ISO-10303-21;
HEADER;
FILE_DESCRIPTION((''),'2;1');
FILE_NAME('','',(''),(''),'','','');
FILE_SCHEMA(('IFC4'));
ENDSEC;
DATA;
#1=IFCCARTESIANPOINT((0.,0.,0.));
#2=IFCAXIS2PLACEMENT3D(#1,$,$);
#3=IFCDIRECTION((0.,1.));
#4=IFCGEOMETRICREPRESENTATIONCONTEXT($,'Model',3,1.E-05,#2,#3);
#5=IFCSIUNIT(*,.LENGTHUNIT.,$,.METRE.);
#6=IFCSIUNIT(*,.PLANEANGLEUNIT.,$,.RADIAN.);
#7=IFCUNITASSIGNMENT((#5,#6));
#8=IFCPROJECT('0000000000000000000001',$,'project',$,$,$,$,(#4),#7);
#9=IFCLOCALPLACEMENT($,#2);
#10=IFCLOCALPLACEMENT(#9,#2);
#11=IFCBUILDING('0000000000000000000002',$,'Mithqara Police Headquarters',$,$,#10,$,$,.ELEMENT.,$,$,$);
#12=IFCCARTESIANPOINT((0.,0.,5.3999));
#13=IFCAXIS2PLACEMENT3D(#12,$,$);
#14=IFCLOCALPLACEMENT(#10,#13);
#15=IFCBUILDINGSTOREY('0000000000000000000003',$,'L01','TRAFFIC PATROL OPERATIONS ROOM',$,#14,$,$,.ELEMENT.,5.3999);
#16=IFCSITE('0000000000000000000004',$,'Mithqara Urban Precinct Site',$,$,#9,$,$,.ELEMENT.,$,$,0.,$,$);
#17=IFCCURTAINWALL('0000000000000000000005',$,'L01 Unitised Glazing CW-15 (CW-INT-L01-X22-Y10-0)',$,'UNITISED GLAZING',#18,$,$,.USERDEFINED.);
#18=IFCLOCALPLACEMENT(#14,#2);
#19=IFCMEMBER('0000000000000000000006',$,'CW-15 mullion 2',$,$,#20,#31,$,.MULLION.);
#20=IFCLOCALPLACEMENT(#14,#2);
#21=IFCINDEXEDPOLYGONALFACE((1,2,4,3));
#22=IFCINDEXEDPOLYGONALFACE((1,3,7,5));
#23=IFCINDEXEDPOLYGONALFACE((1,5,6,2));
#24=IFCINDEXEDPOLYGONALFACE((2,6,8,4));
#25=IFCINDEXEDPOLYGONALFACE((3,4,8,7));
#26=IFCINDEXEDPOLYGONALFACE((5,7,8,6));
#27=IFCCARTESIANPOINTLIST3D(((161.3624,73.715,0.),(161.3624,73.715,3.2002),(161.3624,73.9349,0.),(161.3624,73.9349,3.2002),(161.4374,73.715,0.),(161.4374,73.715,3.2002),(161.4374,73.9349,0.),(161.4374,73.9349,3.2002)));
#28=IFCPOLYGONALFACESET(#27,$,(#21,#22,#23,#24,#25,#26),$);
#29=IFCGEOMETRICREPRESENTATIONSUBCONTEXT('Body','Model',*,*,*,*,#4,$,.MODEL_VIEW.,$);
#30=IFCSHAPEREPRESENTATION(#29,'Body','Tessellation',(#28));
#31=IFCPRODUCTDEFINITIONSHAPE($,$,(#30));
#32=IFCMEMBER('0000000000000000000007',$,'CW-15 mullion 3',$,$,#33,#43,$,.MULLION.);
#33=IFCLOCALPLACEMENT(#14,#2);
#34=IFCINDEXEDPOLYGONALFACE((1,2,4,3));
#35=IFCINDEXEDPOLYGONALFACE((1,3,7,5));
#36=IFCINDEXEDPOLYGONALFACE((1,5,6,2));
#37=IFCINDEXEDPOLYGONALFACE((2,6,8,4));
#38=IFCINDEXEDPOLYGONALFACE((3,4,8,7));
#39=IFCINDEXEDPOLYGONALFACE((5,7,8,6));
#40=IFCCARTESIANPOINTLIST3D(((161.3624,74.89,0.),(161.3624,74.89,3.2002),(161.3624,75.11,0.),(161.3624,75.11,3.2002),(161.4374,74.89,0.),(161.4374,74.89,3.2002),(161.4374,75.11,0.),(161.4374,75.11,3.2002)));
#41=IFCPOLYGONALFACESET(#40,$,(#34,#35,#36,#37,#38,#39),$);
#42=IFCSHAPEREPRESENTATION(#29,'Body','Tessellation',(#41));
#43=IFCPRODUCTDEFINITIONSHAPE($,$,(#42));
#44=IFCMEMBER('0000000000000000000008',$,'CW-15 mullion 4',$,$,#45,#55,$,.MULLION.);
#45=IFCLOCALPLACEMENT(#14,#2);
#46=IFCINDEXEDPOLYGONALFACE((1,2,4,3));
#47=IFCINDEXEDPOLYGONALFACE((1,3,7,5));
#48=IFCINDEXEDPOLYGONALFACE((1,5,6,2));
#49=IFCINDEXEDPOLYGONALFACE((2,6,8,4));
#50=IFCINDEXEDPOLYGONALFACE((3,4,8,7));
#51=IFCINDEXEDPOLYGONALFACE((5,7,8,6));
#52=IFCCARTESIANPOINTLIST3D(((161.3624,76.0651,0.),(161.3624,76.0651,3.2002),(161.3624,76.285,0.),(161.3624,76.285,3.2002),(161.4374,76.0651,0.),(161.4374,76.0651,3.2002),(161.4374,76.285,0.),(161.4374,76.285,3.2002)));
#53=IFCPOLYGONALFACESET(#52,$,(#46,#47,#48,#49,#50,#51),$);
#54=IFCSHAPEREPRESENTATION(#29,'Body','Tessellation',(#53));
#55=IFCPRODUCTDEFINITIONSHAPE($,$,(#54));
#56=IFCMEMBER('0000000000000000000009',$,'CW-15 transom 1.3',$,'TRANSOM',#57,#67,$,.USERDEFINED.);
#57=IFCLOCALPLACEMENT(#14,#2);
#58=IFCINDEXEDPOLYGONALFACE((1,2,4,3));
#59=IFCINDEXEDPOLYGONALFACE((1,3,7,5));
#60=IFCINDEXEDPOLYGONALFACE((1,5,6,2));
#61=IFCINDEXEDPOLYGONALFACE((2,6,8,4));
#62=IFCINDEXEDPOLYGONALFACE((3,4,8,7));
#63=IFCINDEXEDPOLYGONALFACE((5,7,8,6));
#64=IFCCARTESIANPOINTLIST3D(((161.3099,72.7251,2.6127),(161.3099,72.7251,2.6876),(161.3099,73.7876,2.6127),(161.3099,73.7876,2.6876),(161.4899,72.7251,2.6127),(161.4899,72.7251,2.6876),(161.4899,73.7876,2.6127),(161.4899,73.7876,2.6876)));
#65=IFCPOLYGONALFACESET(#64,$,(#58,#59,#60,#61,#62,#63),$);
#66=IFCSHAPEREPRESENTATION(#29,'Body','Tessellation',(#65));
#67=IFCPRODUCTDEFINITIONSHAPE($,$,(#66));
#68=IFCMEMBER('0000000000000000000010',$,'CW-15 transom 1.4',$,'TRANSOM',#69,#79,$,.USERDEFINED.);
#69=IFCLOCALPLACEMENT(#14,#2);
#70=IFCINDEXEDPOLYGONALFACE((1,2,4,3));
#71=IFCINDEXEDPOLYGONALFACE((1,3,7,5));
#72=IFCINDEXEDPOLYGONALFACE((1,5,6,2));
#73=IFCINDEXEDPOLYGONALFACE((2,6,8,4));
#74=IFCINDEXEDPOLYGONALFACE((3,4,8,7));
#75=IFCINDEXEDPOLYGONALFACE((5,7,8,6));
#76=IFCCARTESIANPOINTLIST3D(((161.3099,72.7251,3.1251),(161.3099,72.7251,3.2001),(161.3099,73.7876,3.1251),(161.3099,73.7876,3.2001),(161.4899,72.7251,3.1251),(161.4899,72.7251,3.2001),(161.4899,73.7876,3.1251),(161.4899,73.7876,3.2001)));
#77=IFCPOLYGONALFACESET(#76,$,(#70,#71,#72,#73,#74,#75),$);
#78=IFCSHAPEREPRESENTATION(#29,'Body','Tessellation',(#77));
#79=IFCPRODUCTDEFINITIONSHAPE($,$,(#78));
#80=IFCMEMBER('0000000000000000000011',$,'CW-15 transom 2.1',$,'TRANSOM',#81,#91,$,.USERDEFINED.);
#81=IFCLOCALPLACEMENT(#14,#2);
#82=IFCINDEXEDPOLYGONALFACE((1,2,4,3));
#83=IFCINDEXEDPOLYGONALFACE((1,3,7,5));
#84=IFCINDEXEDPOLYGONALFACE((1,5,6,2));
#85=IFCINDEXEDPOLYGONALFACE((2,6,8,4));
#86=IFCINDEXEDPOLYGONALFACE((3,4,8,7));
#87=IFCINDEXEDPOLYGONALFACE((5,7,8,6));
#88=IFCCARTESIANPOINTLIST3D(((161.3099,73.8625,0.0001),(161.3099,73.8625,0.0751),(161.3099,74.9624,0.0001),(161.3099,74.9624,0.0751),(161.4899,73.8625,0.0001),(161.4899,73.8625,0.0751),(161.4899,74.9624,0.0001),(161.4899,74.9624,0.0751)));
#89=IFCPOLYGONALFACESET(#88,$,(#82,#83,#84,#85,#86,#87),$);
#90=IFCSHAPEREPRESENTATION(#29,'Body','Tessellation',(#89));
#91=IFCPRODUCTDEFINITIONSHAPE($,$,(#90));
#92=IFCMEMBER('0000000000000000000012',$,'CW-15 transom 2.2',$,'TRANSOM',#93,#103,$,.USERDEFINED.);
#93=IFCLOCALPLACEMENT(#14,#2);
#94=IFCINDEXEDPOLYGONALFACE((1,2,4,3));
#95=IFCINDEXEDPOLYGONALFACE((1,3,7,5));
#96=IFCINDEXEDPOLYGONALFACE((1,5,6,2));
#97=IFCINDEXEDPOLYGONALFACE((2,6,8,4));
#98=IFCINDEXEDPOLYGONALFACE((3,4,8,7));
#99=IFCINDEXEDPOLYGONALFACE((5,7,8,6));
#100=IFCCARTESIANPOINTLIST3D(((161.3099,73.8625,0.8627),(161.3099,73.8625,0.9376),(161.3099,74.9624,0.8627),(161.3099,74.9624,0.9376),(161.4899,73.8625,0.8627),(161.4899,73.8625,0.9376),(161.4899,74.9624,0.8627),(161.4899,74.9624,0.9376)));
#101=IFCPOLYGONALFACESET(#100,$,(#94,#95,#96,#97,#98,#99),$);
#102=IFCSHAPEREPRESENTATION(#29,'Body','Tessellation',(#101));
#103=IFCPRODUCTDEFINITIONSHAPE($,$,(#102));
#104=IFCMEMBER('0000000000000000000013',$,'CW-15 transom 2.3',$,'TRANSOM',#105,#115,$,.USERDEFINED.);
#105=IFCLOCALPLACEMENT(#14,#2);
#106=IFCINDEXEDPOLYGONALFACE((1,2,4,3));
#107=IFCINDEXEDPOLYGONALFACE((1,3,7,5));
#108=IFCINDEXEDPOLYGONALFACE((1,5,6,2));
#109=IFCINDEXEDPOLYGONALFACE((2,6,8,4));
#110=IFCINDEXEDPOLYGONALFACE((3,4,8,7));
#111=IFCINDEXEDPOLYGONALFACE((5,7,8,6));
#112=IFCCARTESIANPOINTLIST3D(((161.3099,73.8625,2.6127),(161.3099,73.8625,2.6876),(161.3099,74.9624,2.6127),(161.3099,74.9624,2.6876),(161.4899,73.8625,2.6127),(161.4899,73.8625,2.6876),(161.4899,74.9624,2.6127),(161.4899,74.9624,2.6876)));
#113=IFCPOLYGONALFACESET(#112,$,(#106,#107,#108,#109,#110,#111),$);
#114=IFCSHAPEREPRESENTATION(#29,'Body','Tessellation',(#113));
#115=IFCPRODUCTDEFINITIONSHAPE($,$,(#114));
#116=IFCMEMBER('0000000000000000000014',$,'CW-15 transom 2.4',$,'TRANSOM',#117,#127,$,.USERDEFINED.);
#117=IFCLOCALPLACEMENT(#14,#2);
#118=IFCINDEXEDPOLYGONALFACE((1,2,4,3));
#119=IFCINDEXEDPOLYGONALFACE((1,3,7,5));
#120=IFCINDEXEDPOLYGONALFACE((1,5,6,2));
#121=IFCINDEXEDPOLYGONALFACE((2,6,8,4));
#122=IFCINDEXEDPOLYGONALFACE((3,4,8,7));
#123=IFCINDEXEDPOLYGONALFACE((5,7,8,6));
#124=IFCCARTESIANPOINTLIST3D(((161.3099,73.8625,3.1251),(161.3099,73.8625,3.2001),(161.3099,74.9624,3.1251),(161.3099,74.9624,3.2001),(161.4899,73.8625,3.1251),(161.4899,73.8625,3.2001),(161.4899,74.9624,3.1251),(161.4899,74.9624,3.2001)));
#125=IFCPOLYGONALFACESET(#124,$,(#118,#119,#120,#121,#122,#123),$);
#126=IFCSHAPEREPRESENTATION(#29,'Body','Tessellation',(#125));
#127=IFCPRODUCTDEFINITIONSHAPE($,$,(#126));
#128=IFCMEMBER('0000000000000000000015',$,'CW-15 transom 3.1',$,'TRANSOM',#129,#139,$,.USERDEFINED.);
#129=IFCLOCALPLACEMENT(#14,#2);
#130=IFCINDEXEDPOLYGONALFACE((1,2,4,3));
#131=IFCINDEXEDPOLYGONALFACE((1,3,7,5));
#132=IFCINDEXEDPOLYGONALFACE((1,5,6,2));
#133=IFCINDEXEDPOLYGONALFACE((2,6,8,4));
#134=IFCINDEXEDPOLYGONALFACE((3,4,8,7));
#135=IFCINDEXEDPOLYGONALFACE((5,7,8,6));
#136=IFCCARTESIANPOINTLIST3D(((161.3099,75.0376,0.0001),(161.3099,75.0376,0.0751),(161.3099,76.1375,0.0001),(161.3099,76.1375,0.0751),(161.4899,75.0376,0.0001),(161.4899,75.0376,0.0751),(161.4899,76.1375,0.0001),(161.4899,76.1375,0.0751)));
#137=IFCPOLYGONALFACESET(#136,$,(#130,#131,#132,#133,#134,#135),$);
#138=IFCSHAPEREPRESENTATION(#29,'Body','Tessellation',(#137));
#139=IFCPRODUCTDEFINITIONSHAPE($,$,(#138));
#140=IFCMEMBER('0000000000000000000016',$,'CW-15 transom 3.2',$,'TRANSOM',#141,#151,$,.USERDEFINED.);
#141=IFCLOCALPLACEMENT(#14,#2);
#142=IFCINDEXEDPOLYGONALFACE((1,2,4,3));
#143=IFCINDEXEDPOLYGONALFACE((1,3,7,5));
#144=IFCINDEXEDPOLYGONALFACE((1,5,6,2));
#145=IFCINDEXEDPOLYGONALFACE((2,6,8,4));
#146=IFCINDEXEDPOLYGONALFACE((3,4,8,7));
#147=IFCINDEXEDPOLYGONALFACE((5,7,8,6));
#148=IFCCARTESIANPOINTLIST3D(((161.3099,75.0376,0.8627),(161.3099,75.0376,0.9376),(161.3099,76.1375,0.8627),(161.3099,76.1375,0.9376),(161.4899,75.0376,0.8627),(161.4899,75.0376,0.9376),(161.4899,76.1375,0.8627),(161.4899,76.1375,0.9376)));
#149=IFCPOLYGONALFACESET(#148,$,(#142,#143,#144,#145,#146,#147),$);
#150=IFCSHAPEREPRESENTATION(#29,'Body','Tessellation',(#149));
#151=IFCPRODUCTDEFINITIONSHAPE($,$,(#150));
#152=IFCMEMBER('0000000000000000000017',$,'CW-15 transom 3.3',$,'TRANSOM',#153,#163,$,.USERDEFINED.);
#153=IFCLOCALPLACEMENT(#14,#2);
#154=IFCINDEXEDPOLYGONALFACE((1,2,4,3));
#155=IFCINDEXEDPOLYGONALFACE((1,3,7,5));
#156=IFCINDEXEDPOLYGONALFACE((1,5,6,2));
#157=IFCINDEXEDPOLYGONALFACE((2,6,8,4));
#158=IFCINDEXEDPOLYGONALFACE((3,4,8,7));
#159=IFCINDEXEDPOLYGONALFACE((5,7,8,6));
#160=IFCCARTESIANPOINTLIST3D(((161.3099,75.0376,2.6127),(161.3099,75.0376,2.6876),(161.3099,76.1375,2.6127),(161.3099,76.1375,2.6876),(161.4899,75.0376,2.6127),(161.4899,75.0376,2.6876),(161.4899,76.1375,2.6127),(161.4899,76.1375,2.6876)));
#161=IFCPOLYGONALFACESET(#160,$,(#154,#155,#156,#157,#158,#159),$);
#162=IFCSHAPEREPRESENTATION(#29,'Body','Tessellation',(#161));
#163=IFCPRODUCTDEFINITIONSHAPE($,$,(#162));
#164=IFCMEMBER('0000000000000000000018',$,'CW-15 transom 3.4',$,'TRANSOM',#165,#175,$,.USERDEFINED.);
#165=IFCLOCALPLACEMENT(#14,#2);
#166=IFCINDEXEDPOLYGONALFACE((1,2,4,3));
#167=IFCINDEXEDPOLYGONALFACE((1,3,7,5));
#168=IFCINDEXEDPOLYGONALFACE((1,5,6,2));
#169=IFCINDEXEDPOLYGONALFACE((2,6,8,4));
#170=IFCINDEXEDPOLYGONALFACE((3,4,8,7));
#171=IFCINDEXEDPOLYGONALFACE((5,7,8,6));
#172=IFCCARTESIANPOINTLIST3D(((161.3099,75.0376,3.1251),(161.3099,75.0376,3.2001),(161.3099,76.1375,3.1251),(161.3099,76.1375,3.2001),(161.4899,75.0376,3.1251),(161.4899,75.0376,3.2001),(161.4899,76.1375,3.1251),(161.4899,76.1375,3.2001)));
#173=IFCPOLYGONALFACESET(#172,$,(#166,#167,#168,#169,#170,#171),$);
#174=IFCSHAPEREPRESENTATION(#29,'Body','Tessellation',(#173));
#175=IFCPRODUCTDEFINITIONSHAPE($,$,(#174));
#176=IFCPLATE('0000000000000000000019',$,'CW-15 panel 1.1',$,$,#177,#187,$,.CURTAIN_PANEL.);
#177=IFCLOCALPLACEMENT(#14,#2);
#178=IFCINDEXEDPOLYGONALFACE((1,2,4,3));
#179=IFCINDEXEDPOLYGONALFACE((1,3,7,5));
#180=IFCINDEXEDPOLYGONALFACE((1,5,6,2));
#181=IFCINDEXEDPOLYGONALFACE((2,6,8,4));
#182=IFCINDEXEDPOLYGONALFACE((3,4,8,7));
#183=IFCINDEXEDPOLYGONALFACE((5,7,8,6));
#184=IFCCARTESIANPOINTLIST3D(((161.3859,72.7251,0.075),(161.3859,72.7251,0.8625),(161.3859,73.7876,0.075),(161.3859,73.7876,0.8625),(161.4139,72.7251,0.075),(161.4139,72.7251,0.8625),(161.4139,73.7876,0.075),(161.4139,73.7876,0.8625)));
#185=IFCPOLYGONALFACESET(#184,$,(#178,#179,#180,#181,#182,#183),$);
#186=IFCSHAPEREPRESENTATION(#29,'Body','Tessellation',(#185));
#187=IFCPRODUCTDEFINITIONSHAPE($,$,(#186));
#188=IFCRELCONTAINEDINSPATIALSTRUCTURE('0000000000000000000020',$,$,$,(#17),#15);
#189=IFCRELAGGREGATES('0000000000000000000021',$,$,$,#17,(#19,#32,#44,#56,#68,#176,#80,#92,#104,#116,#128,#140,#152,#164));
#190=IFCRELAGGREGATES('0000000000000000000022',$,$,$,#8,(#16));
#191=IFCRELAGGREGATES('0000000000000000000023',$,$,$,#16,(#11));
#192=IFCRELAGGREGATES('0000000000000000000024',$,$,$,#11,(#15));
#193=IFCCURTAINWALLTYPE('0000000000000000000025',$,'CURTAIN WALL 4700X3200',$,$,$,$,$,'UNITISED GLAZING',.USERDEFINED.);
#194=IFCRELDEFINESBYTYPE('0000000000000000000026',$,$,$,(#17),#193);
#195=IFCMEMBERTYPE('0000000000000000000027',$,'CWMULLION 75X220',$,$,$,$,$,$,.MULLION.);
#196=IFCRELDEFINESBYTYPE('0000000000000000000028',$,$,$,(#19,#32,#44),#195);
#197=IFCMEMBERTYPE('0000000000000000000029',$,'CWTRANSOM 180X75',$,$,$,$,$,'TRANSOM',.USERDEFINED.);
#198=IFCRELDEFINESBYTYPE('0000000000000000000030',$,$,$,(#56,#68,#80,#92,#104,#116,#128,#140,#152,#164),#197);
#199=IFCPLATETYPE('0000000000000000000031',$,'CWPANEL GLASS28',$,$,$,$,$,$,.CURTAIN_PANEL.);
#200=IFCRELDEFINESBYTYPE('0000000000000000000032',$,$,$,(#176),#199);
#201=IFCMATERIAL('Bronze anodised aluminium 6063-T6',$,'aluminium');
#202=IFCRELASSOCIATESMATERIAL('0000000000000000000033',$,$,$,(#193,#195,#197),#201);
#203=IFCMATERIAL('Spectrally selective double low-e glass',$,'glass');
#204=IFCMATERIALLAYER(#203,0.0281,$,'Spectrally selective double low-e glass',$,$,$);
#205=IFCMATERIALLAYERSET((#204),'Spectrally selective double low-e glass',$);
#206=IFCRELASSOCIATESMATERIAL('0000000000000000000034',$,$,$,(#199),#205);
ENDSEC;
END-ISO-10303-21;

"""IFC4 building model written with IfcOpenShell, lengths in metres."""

from ifc_helpers import new_model, si_unit, direction, frame, origin, origin_2d, place, context, subcontext, project, spatial, rectangle, extrude, material, layer, layer_set, material_profile, profile_set, type_object, element, aggregate, save


model = new_model("IFC4")

# Units and contexts
model_context = context("Model", 3, precision=1e-05, world=origin(), true_north=direction((0.0, 1.0)))
body_context = subcontext(model_context, "Body", "Model", "MODEL_VIEW")
ifc_project = project(units=[si_unit("LENGTHUNIT", "METRE"), si_unit("PLANEANGLEUNIT", "RADIAN")], contexts=[model_context])

# Site, building, storey
site_placement = place(None, origin())
site = spatial("IfcSite", under=ifc_project, at=site_placement, Name="Mithqara Urban Precinct Site", CompositionType="ELEMENT", RefElevation=0.0)
building_placement = place(site_placement, origin())
building = spatial("IfcBuilding", under=site, at=building_placement, Name="Mithqara Police Headquarters", CompositionType="ELEMENT")
storey_placement = place(building_placement, frame((0.0, 0.0, 5.3999)))
storey = spatial("IfcBuildingStorey", under=building, at=storey_placement, Name="L01", Description="TRAFFIC PATROL OPERATIONS ROOM", CompositionType="ELEMENT", Elevation=5.3999)

# Curtain wall, members, plate
ifc_material_1 = material(Name="Bronze anodised aluminium 6063-T6", Category="aluminium")
curtain_wall_type = type_object("IfcCurtainWallType", Name="CURTAIN WALL 4700X3200", ElementType="UNITISED GLAZING", PredefinedType="USERDEFINED", material=ifc_material_1)
curtain_wall_placement = place(storey_placement, origin())
curtain_wall = element("IfcCurtainWall", 1, at=curtain_wall_placement, inside=storey, type_object=curtain_wall_type, Name="L01 Unitised Glazing CW-15 (CW-INT-L01-X22-Y10-0)", ObjectType="UNITISED GLAZING", PredefinedType="USERDEFINED")
ifc_material_profile_1 = material_profile(ifc_material_1, rectangle(XDim=0.075, YDim=0.22, at=origin_2d()), Name="CWM 75x220")
ifc_profile_set_1 = profile_set([ifc_material_profile_1], Name="Bronze anodised aluminium 6063-T6")
member_type_1 = type_object("IfcMemberType", Name="CWMULLION 75X220", PredefinedType="MULLION", material=ifc_profile_set_1)
member_1_placement = place(storey_placement, frame((161.3999, 73.825, 0.0), z_axis=(0.0, 0.0, 1.0), x_axis=(-1.0, 0.0, 0.0)))
member_1 = element("IfcMember", 2, at=member_1_placement, type_object=member_type_1, Name="CW-15 mullion 2", PredefinedType="MULLION", context=body_context, shape_type="SweptSolid", body=[
    extrude(rectangle(XDim=0.075, YDim=0.22, at=origin_2d()), origin(), (0.0, 0.0, 1.0), 3.2002),
])
member_2_placement = place(storey_placement, frame((161.3999, 75.0, 0.0), z_axis=(0.0, 0.0, 1.0), x_axis=(-1.0, 0.0, 0.0)))
member_2 = element("IfcMember", 3, at=member_2_placement, type_object=member_type_1, Name="CW-15 mullion 3", PredefinedType="MULLION", context=body_context, shape_type="SweptSolid", body=[
    extrude(rectangle(XDim=0.075, YDim=0.22, at=origin_2d()), origin(), (0.0, 0.0, 1.0), 3.2002),
])
member_3_placement = place(storey_placement, frame((161.3999, 76.175, 0.0), z_axis=(0.0, 0.0, 1.0), x_axis=(-1.0, 0.0, 0.0)))
member_3 = element("IfcMember", 4, at=member_3_placement, type_object=member_type_1, Name="CW-15 mullion 4", PredefinedType="MULLION", context=body_context, shape_type="SweptSolid", body=[
    extrude(rectangle(XDim=0.075, YDim=0.22, at=origin_2d()), origin(), (0.0, 0.0, 1.0), 3.2002),
])
ifc_material_profile_2 = material_profile(ifc_material_1, rectangle(XDim=0.1799, YDim=0.075, at=origin_2d()), Name="CWT 180x75")
ifc_profile_set_2 = profile_set([ifc_material_profile_2], Name="Bronze anodised aluminium 6063-T6")
member_type_2 = type_object("IfcMemberType", Name="CWTRANSOM 180X75", ElementType="TRANSOM", PredefinedType="USERDEFINED", material=ifc_profile_set_2)
member_4_placement = place(storey_placement, frame((161.3999, 72.7251, 2.6501), z_axis=(0.0, 1.0, 0.0), x_axis=(-1.0, 0.0, 0.0)))
member_4 = element("IfcMember", 5, at=member_4_placement, type_object=member_type_2, Name="CW-15 transom 1.3", ObjectType="TRANSOM", PredefinedType="USERDEFINED", context=body_context, shape_type="SweptSolid", body=[
    extrude(rectangle(XDim=0.1799, YDim=0.075, at=origin_2d()), origin(), (0.0, 0.0, 1.0), 1.0625),
])
member_5_placement = place(storey_placement, frame((161.3999, 72.7251, 3.1626), z_axis=(0.0, 1.0, 0.0), x_axis=(-1.0, 0.0, 0.0)))
member_5 = element("IfcMember", 6, at=member_5_placement, type_object=member_type_2, Name="CW-15 transom 1.4", ObjectType="TRANSOM", PredefinedType="USERDEFINED", context=body_context, shape_type="SweptSolid", body=[
    extrude(rectangle(XDim=0.1799, YDim=0.075, at=origin_2d()), origin(), (0.0, 0.0, 1.0), 1.0625),
])
member_6_placement = place(storey_placement, frame((161.3999, 73.8625, 0.0376), z_axis=(0.0, 1.0, 0.0), x_axis=(-1.0, 0.0, 0.0)))
member_6 = element("IfcMember", 7, at=member_6_placement, type_object=member_type_2, Name="CW-15 transom 2.1", ObjectType="TRANSOM", PredefinedType="USERDEFINED", context=body_context, shape_type="SweptSolid", body=[
    extrude(rectangle(XDim=0.1799, YDim=0.075, at=origin_2d()), origin(), (0.0, 0.0, 1.0), 1.0999),
])
member_7_placement = place(storey_placement, frame((161.3999, 73.8625, 0.9001), z_axis=(0.0, 1.0, 0.0), x_axis=(-1.0, 0.0, 0.0)))
member_7 = element("IfcMember", 8, at=member_7_placement, type_object=member_type_2, Name="CW-15 transom 2.2", ObjectType="TRANSOM", PredefinedType="USERDEFINED", context=body_context, shape_type="SweptSolid", body=[
    extrude(rectangle(XDim=0.1799, YDim=0.075, at=origin_2d()), origin(), (0.0, 0.0, 1.0), 1.0999),
])
member_8_placement = place(storey_placement, frame((161.3999, 73.8625, 2.6501), z_axis=(0.0, 1.0, 0.0), x_axis=(-1.0, 0.0, 0.0)))
member_8 = element("IfcMember", 9, at=member_8_placement, type_object=member_type_2, Name="CW-15 transom 2.3", ObjectType="TRANSOM", PredefinedType="USERDEFINED", context=body_context, shape_type="SweptSolid", body=[
    extrude(rectangle(XDim=0.1799, YDim=0.075, at=origin_2d()), origin(), (0.0, 0.0, 1.0), 1.0999),
])
member_9_placement = place(storey_placement, frame((161.3999, 73.8625, 3.1626), z_axis=(0.0, 1.0, 0.0), x_axis=(-1.0, 0.0, 0.0)))
member_9 = element("IfcMember", 10, at=member_9_placement, type_object=member_type_2, Name="CW-15 transom 2.4", ObjectType="TRANSOM", PredefinedType="USERDEFINED", context=body_context, shape_type="SweptSolid", body=[
    extrude(rectangle(XDim=0.1799, YDim=0.075, at=origin_2d()), origin(), (0.0, 0.0, 1.0), 1.0999),
])
member_10_placement = place(storey_placement, frame((161.3999, 75.0376, 0.0376), z_axis=(0.0, 1.0, 0.0), x_axis=(-1.0, 0.0, 0.0)))
member_10 = element("IfcMember", 11, at=member_10_placement, type_object=member_type_2, Name="CW-15 transom 3.1", ObjectType="TRANSOM", PredefinedType="USERDEFINED", context=body_context, shape_type="SweptSolid", body=[
    extrude(rectangle(XDim=0.1799, YDim=0.075, at=origin_2d()), origin(), (0.0, 0.0, 1.0), 1.0999),
])
member_11_placement = place(storey_placement, frame((161.3999, 75.0376, 0.9001), z_axis=(0.0, 1.0, 0.0), x_axis=(-1.0, 0.0, 0.0)))
member_11 = element("IfcMember", 12, at=member_11_placement, type_object=member_type_2, Name="CW-15 transom 3.2", ObjectType="TRANSOM", PredefinedType="USERDEFINED", context=body_context, shape_type="SweptSolid", body=[
    extrude(rectangle(XDim=0.1799, YDim=0.075, at=origin_2d()), origin(), (0.0, 0.0, 1.0), 1.0999),
])
member_12_placement = place(storey_placement, frame((161.3999, 75.0376, 2.6501), z_axis=(0.0, 1.0, 0.0), x_axis=(-1.0, 0.0, 0.0)))
member_12 = element("IfcMember", 13, at=member_12_placement, type_object=member_type_2, Name="CW-15 transom 3.3", ObjectType="TRANSOM", PredefinedType="USERDEFINED", context=body_context, shape_type="SweptSolid", body=[
    extrude(rectangle(XDim=0.1799, YDim=0.075, at=origin_2d()), origin(), (0.0, 0.0, 1.0), 1.0999),
])
member_13_placement = place(storey_placement, frame((161.3999, 75.0376, 3.1626), z_axis=(0.0, 1.0, 0.0), x_axis=(-1.0, 0.0, 0.0)))
member_13 = element("IfcMember", 14, at=member_13_placement, type_object=member_type_2, Name="CW-15 transom 3.4", ObjectType="TRANSOM", PredefinedType="USERDEFINED", context=body_context, shape_type="SweptSolid", body=[
    extrude(rectangle(XDim=0.1799, YDim=0.075, at=origin_2d()), origin(), (0.0, 0.0, 1.0), 1.0999),
])
ifc_material_2 = material(Name="Spectrally selective double low-e glass", Category="glass")
ifc_layer_1 = layer(ifc_material_2, 0.0281, Name="Spectrally selective double low-e glass")
ifc_layer_set_1 = layer_set([ifc_layer_1], Name="Spectrally selective double low-e glass")
plate_type = type_object("IfcPlateType", Name="CWPANEL GLASS28", PredefinedType="CURTAIN_PANEL", material=ifc_layer_set_1)
plate_1_placement = place(storey_placement, frame((161.3999, 73.2563, 0.075), z_axis=(0.0, 0.0, 1.0), x_axis=(0.0, 1.0, 0.0)))
plate_1 = element("IfcPlate", 15, at=plate_1_placement, type_object=plate_type, Name="CW-15 panel 1.1", PredefinedType="CURTAIN_PANEL", context=body_context, shape_type="SweptSolid", body=[
    extrude(rectangle(XDim=1.0625, YDim=0.0281, at=origin_2d()), origin(), (0.0, 0.0, 1.0), 0.7876),
])
aggregate(curtain_wall, [member_1, member_2, member_3, member_4, member_5, plate_1, member_6, member_7, member_8, member_9, member_10, member_11, member_12, member_13])

save(model, "model.ifc")
